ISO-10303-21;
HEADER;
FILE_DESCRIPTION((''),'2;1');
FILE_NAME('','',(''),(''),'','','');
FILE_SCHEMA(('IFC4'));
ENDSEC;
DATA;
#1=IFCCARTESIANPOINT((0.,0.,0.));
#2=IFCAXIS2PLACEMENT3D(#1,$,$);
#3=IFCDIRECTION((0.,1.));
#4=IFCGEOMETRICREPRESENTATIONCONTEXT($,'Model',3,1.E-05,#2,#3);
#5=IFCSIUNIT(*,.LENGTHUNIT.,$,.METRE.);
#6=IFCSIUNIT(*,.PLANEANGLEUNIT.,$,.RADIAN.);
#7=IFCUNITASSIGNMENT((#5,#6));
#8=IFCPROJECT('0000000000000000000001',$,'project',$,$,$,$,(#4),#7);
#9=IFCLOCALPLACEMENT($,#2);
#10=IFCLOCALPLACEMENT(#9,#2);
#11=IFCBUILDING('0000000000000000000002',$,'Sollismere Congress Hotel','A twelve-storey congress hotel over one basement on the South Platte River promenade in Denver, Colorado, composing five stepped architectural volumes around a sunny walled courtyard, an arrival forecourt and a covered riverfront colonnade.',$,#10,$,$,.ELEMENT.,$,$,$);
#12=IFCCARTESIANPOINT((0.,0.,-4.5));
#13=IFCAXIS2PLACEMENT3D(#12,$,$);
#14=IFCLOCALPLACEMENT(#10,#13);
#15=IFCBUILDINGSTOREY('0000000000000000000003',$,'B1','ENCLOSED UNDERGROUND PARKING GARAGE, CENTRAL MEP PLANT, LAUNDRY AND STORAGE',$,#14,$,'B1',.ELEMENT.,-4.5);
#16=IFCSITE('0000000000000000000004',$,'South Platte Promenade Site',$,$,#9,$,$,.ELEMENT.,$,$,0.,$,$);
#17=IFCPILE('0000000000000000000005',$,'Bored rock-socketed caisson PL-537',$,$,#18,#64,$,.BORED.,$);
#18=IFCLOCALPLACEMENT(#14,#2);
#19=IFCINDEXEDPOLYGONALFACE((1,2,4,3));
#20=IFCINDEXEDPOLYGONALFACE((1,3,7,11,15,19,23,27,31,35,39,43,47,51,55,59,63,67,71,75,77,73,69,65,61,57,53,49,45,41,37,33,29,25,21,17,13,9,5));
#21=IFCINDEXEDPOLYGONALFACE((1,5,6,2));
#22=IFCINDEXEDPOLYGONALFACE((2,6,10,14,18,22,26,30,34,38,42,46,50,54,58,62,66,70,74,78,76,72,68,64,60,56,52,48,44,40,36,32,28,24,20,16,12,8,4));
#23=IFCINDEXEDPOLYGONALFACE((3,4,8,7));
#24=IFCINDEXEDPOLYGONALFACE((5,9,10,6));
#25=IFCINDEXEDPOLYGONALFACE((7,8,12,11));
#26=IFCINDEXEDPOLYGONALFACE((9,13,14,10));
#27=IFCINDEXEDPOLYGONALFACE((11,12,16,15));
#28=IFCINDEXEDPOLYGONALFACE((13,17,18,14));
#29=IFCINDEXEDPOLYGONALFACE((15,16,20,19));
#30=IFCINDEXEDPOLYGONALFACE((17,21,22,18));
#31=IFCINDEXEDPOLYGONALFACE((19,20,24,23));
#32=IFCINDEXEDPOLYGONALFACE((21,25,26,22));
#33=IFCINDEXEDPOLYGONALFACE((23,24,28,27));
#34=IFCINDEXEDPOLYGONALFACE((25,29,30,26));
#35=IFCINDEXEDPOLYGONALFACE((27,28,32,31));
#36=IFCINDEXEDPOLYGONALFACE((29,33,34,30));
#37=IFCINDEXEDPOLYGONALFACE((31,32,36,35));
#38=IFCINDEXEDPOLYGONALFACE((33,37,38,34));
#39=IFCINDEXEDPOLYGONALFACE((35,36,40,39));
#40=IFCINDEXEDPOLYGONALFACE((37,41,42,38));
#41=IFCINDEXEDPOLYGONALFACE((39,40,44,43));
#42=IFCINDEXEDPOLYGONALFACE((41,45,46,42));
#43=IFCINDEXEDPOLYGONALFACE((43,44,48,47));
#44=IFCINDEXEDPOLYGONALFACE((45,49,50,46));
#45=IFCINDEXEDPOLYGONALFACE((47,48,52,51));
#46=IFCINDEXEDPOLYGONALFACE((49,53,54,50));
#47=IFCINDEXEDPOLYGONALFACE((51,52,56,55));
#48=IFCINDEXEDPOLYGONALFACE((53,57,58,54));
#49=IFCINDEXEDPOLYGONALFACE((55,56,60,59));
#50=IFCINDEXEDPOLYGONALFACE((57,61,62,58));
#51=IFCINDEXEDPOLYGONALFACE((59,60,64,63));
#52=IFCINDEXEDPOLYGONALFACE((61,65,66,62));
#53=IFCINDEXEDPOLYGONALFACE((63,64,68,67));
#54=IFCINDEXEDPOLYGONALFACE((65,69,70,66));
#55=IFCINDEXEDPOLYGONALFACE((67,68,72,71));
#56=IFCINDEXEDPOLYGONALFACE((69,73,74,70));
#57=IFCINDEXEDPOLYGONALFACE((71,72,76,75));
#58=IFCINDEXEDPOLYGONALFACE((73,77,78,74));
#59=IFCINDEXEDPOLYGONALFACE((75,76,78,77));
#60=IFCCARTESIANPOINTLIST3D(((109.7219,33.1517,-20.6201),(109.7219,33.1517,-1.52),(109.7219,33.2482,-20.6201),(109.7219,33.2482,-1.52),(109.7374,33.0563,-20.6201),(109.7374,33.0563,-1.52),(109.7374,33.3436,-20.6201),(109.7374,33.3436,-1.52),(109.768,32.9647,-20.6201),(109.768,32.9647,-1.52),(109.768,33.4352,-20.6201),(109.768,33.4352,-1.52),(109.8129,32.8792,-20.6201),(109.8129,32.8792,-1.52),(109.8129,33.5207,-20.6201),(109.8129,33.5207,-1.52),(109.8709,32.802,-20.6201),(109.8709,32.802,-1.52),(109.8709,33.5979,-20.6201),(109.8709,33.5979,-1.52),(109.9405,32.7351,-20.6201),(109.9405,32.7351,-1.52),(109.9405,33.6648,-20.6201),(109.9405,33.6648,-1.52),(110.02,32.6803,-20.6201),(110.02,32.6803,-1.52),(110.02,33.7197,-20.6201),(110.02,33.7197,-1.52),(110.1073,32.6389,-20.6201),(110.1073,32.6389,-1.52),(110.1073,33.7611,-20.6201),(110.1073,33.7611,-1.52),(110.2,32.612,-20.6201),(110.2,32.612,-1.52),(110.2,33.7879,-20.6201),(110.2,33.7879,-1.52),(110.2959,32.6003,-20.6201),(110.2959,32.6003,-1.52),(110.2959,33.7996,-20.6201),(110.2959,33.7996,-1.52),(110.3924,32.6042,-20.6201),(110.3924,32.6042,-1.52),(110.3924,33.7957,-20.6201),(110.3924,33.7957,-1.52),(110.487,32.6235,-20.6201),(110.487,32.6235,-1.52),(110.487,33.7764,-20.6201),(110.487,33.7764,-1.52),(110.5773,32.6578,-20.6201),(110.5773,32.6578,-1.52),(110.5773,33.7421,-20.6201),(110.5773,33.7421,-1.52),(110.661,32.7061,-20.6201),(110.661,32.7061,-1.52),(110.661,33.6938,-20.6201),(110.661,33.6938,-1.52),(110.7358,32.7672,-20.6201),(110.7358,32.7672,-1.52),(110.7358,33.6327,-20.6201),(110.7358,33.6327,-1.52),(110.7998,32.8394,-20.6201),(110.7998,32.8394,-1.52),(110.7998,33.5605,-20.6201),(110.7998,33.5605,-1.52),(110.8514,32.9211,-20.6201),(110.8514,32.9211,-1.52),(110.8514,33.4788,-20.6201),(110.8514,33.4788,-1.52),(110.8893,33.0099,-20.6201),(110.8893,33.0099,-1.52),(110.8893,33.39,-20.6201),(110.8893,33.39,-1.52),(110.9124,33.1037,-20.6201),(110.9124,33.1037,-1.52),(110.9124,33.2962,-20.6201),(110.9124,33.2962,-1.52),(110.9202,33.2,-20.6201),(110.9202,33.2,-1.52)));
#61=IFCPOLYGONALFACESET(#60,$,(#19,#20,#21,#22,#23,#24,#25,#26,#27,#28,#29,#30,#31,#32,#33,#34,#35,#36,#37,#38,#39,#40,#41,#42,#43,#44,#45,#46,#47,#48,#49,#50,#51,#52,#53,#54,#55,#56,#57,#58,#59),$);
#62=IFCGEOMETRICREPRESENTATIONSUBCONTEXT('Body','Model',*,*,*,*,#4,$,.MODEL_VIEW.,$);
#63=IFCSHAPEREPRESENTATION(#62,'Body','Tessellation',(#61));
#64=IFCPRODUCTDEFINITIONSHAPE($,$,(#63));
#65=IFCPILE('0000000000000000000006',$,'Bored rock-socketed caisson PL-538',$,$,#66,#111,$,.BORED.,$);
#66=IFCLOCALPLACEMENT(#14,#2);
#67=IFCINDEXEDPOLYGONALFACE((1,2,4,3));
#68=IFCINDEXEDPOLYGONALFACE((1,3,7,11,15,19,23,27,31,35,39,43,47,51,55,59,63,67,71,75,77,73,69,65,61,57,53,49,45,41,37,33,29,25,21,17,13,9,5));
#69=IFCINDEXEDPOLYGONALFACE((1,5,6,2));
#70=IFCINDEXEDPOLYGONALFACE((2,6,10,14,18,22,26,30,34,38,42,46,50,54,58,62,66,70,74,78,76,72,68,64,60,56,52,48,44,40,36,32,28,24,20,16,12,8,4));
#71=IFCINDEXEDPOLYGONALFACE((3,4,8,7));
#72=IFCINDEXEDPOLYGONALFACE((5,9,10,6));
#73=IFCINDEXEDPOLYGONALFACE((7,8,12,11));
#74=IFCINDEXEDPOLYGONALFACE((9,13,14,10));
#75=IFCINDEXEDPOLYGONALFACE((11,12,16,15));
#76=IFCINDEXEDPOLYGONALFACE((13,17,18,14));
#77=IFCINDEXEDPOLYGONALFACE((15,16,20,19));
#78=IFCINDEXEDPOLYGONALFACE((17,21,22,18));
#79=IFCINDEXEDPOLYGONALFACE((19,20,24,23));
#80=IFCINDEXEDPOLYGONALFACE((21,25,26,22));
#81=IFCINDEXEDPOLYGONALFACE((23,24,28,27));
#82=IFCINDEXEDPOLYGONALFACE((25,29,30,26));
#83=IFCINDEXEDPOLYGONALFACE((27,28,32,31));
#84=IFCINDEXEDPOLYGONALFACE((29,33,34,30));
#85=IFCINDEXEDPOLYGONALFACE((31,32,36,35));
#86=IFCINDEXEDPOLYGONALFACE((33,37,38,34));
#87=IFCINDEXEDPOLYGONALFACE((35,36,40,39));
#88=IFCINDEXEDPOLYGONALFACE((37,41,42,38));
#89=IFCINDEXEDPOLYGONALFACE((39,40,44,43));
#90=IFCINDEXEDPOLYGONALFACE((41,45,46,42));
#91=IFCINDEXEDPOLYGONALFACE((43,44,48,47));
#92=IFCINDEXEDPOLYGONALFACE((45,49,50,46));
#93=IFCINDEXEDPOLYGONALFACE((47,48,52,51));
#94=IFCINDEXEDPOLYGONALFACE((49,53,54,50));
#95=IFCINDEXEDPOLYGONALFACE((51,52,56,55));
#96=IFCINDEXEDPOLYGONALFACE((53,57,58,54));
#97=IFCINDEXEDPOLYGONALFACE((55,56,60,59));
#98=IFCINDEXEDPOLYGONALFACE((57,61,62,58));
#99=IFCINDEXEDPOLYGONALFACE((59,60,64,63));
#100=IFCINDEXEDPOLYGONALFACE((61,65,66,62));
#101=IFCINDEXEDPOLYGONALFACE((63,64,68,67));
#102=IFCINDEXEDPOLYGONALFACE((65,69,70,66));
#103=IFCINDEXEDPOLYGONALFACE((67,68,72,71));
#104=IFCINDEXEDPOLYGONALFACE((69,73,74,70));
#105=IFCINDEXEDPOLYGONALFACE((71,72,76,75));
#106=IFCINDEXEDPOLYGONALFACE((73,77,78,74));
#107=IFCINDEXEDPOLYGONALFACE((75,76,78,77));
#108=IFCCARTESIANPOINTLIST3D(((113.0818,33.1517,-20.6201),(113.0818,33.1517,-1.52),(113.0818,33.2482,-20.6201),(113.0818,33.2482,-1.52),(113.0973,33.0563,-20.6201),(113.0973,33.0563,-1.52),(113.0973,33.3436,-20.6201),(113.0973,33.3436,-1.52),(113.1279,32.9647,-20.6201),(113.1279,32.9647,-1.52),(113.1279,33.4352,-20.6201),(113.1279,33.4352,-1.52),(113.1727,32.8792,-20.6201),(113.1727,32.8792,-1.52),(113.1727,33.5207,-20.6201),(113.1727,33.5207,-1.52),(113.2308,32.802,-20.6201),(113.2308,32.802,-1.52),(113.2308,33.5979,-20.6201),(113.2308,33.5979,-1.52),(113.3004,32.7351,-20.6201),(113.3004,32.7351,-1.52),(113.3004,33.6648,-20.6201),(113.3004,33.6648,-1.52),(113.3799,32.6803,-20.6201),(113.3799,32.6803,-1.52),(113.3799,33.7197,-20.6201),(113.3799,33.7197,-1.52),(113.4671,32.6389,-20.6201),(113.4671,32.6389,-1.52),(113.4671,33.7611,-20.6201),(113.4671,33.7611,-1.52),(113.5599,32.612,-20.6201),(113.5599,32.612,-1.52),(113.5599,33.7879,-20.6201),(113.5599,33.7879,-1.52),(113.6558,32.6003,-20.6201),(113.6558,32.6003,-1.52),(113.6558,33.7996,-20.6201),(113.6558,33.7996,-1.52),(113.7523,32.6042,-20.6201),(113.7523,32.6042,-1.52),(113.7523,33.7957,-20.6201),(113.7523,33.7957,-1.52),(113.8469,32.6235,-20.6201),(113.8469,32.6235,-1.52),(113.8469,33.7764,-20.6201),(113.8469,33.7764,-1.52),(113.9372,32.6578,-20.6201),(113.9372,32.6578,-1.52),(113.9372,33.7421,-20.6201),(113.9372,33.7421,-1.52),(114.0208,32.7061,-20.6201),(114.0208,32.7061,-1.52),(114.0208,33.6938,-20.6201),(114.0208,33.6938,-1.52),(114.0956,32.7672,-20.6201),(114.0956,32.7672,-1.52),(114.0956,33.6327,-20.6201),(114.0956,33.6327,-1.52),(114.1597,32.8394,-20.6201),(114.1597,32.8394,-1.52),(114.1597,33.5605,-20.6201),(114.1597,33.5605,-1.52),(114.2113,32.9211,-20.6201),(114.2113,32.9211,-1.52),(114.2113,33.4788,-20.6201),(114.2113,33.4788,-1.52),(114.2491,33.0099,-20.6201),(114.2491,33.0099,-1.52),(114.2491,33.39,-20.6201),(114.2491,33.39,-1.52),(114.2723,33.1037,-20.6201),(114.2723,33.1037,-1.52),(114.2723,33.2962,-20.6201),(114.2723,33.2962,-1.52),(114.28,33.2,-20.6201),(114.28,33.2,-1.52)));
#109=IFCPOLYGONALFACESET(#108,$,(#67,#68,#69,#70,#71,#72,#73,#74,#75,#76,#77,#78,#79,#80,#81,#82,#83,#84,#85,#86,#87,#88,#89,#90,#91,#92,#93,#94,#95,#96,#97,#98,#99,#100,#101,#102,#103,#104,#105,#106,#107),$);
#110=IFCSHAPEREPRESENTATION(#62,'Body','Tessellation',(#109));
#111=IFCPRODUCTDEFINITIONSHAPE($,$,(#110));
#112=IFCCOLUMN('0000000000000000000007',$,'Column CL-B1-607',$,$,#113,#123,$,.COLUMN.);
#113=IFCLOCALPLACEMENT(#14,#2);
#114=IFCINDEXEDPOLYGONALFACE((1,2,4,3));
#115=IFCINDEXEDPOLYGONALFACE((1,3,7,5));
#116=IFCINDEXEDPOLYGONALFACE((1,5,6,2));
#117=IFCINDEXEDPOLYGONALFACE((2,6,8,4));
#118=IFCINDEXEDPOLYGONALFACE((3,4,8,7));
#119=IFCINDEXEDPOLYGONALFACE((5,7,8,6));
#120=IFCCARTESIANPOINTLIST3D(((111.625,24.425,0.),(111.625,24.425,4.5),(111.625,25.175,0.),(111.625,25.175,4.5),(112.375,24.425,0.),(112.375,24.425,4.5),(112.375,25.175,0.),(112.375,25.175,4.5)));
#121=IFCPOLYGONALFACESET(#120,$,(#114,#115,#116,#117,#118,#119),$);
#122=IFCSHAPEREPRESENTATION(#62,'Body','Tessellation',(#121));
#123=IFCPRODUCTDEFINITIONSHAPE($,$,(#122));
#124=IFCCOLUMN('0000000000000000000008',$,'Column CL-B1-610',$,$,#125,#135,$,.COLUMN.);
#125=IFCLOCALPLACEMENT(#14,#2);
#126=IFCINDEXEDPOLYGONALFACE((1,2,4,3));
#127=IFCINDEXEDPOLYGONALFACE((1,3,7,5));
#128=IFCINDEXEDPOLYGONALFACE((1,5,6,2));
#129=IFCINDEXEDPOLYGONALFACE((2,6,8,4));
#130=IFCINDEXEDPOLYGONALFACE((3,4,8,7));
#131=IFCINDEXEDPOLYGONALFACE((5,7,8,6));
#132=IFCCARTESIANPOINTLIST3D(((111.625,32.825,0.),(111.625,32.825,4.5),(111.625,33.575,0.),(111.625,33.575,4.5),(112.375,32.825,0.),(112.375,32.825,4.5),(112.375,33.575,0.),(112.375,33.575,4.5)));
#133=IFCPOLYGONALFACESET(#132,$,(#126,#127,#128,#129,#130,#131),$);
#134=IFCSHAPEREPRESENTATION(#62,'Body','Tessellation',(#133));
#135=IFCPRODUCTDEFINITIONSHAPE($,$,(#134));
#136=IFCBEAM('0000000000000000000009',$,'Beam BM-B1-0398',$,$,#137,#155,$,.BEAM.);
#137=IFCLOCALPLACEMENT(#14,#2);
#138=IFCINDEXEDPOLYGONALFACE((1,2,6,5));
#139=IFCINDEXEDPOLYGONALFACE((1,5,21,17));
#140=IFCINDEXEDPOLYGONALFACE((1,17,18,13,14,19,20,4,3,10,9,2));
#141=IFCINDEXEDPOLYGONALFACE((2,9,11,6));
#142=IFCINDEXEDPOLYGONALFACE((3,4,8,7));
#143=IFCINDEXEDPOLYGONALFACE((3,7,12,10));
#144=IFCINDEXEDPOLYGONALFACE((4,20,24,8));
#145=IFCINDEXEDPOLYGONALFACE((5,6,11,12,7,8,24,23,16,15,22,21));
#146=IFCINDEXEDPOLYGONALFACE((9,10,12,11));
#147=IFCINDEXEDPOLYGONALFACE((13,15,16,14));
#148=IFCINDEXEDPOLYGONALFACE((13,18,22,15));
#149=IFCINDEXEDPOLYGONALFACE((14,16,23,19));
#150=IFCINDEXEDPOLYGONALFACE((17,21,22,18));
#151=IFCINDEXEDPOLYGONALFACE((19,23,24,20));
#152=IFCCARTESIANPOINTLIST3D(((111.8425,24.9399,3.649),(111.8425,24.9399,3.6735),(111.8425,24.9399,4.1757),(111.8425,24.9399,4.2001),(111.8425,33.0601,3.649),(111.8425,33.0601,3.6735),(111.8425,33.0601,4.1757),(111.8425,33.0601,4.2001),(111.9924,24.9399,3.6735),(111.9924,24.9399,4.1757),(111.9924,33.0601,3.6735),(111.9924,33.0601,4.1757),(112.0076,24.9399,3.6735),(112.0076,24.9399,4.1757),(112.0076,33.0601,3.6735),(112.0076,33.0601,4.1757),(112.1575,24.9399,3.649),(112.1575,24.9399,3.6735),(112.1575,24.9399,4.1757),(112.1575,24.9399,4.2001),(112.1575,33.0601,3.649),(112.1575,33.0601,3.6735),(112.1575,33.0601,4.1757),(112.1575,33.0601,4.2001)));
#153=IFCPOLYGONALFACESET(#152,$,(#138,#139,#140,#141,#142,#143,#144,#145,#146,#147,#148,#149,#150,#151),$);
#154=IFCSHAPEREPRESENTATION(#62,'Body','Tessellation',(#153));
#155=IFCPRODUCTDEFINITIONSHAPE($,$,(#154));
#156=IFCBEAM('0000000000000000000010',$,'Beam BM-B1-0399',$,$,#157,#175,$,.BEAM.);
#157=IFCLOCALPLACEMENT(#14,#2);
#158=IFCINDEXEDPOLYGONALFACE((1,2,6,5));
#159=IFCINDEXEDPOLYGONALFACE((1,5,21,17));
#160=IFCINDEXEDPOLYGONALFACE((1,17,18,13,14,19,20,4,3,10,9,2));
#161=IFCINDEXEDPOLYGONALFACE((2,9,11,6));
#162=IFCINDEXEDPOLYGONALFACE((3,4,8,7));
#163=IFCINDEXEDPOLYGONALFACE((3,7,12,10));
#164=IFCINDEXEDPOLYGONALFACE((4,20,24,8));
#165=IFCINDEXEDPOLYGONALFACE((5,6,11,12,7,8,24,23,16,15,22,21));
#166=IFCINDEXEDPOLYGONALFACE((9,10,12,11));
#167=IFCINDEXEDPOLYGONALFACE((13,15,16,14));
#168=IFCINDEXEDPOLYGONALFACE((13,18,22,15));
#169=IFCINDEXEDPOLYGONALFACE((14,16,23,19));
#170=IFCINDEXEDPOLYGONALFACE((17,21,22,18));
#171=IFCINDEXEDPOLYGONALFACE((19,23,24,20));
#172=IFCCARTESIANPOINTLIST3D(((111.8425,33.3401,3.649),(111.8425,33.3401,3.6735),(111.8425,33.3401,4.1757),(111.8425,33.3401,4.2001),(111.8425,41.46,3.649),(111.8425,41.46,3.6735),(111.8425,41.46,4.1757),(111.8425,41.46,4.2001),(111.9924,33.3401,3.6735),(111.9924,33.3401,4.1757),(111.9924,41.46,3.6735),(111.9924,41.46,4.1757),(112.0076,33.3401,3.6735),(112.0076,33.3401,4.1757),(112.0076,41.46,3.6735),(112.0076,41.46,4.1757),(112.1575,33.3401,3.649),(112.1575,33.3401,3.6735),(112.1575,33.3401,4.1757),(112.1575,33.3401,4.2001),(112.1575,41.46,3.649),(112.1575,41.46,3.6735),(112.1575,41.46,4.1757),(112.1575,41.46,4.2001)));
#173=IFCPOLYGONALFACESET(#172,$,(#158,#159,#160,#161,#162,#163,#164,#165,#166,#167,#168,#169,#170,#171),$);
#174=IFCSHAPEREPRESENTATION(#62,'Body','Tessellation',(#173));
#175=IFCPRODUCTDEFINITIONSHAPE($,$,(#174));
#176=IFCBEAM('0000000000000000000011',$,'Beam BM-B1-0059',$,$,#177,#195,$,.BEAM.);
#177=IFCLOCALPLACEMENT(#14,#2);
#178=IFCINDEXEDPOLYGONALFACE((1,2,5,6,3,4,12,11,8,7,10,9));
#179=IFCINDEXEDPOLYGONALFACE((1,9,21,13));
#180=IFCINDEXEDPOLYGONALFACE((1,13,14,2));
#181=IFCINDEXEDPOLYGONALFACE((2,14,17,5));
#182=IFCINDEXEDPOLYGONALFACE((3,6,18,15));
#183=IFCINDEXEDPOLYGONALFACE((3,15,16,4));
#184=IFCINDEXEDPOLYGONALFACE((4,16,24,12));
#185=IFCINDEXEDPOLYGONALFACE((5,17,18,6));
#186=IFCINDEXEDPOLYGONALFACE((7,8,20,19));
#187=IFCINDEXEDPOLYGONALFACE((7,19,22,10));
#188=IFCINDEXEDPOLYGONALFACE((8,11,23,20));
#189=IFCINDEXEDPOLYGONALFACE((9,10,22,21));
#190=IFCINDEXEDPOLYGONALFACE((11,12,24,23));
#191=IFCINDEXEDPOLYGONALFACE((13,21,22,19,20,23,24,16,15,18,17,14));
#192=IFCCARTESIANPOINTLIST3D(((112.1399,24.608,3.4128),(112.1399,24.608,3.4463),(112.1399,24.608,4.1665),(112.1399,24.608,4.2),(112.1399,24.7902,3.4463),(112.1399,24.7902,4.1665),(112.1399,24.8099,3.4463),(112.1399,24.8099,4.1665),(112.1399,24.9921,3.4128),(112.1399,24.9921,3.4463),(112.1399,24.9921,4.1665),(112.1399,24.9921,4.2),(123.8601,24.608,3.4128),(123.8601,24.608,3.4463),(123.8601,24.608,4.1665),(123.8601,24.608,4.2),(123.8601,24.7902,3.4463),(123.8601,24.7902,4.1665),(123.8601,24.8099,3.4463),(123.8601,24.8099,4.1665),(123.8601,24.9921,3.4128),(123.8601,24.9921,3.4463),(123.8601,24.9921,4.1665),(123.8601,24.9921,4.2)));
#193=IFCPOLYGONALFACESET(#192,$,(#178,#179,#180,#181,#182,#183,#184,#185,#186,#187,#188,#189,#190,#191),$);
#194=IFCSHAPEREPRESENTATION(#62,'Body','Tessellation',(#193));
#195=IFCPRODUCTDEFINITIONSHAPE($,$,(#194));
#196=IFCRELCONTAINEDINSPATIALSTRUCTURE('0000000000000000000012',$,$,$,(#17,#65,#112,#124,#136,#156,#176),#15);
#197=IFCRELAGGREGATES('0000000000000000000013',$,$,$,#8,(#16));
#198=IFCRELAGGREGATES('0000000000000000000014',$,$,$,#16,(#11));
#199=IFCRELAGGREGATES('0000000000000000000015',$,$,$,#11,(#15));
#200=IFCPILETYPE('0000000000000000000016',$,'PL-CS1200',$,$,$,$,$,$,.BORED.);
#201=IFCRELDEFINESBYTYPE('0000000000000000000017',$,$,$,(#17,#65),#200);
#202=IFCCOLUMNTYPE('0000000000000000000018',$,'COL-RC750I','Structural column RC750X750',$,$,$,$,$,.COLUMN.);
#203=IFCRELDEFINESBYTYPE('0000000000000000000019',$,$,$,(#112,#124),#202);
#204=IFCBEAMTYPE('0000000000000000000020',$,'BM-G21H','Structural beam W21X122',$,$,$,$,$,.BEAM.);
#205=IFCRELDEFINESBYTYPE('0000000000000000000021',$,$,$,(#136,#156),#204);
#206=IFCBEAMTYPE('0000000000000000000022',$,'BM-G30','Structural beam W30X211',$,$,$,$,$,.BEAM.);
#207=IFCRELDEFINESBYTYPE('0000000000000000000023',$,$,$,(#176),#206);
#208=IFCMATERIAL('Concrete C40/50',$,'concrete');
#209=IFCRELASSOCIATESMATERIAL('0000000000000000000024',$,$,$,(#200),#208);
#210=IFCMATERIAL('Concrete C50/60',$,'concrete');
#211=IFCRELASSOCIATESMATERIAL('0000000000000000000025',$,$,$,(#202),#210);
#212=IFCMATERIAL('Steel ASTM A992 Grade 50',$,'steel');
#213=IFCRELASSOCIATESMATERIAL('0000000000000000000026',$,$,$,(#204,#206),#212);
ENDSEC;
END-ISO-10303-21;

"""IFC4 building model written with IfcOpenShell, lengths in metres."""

from ifc_helpers import new_model, si_unit, direction, frame, origin, origin_2d, place, context, subcontext, project, spatial, rectangle, circle, i_section, extrude, material, material_profile, profile_set, type_object, element, save


model = new_model("IFC4")

# Units and contexts
model_context = context("Model", 3, precision=1e-05, world=origin(), true_north=direction((0.0, 1.0)))
body_context = subcontext(model_context, "Body", "Model", "MODEL_VIEW")
ifc_project = project(units=[si_unit("LENGTHUNIT", "METRE"), si_unit("PLANEANGLEUNIT", "RADIAN")], contexts=[model_context])

# Site, building, storey
site_placement = place(None, origin())
site = spatial("IfcSite", under=ifc_project, at=site_placement, Name="South Platte Promenade Site", CompositionType="ELEMENT", RefElevation=0.0)
building_placement = place(site_placement, origin())
building = spatial("IfcBuilding", under=site, at=building_placement, Name="Sollismere Congress Hotel", Description="A twelve-storey congress hotel over one basement on the South Platte River promenade in Denver, Colorado, composing five stepped architectural volumes around a sunny walled courtyard, an arrival forecourt and a covered riverfront colonnade.", CompositionType="ELEMENT")
storey_placement = place(building_placement, frame((0.0, 0.0, -4.5)))
storey = spatial("IfcBuildingStorey", under=building, at=storey_placement, Name="B1", Description="ENCLOSED UNDERGROUND PARKING GARAGE, CENTRAL MEP PLANT, LAUNDRY AND STORAGE", LongName="B1", CompositionType="ELEMENT", Elevation=-4.5)

# Shared definitions
ifc_material_1 = material(Name="Concrete C40/50", Category="concrete")

# Piles
ifc_material_profile_1 = material_profile(ifc_material_1, circle(Radius=0.6001, at=origin_2d()), Name="CAISSON1200")
ifc_profile_set_1 = profile_set([ifc_material_profile_1], Name="Concrete C40/50")
pile_type = type_object("IfcPileType", Name="PL-CS1200", PredefinedType="BORED", material=ifc_profile_set_1)
for number, where, z_axis, x_axis, name in (
    (1, (110.3201, 33.2, -1.52), (0.0, 0.0, -1.0), (1.0, 0.0, 0.0), "Bored rock-socketed caisson PL-537"),
    (2, (113.6799, 33.2, -1.52), (0.0, 0.0, -1.0), (1.0, 0.0, 0.0), "Bored rock-socketed caisson PL-538"),
):
    element("IfcPile", number, at=place(storey_placement, frame(where, z_axis=z_axis, x_axis=x_axis)), inside=storey, type_object=pile_type, Name=name, PredefinedType="BORED", context=body_context, shape_type="SweptSolid", body=[
        extrude(circle(Radius=0.6001, at=origin_2d()), origin(), (0.0, 0.0, 1.0), 19.1001),
    ])

# Columns
ifc_material_2 = material(Name="Concrete C50/60", Category="concrete")
ifc_material_profile_2 = material_profile(ifc_material_2, rectangle(XDim=0.75, YDim=0.75, at=origin_2d()), Name="RC750X750")
ifc_profile_set_2 = profile_set([ifc_material_profile_2], Name="Concrete C50/60")
column_type = type_object("IfcColumnType", Name="COL-RC750I", Description="Structural column RC750X750", PredefinedType="COLUMN", material=ifc_profile_set_2)
for number, where, z_axis, x_axis, name in (
    (3, (112.0, 24.8, 0.0), (0.0, 0.0, 1.0), (0.0, 1.0, 0.0), "Column CL-B1-607"),
    (4, (112.0, 33.2, 0.0), (0.0, 0.0, 1.0), (1.0, 0.0, 0.0), "Column CL-B1-610"),
):
    element("IfcColumn", number, at=place(storey_placement, frame(where, z_axis=z_axis, x_axis=x_axis)), inside=storey, type_object=column_type, Name=name, PredefinedType="COLUMN", context=body_context, shape_type="SweptSolid", body=[
        extrude(rectangle(XDim=0.75, YDim=0.75, at=origin_2d()), origin(), (0.0, 0.0, 1.0), 4.5),
    ])

# Beams
ifc_material_3 = material(Name="Steel ASTM A992 Grade 50", Category="steel")
ifc_material_profile_3 = material_profile(ifc_material_3, i_section(OverallWidth=0.3149, OverallDepth=0.551, WebThickness=0.0151, FlangeThickness=0.0244, at=origin_2d()), Name="W21X122")
ifc_profile_set_3 = profile_set([ifc_material_profile_3], Name="Steel ASTM A992 Grade 50")
beam_type_1 = type_object("IfcBeamType", Name="BM-G21H", Description="Structural beam W21X122", PredefinedType="BEAM", material=ifc_profile_set_3)
beam_1_placement = place(storey_placement, frame((112.0, 24.9399, 3.9246), z_axis=(0.0, 1.0, 0.0), x_axis=(-1.0, 0.0, 0.0)))
element("IfcBeam", 5, at=beam_1_placement, inside=storey, type_object=beam_type_1, Name="Beam BM-B1-0398", PredefinedType="BEAM", context=body_context, shape_type="SweptSolid", body=[
    extrude(i_section(OverallWidth=0.3149, OverallDepth=0.551, WebThickness=0.0151, FlangeThickness=0.0244, at=origin_2d()), origin(), (0.0, 0.0, 1.0), 8.1201),
])
beam_2_placement = place(storey_placement, frame((112.0, 33.3401, 3.9246), z_axis=(0.0, 1.0, 0.0), x_axis=(-1.0, 0.0, 0.0)))
element("IfcBeam", 6, at=beam_2_placement, inside=storey, type_object=beam_type_1, Name="Beam BM-B1-0399", PredefinedType="BEAM", context=body_context, shape_type="SweptSolid", body=[
    extrude(i_section(OverallWidth=0.3149, OverallDepth=0.551, WebThickness=0.0151, FlangeThickness=0.0244, at=origin_2d()), origin(), (0.0, 0.0, 1.0), 8.1199),
])
ifc_material_profile_4 = material_profile(ifc_material_3, i_section(OverallWidth=0.384, OverallDepth=0.7871, WebThickness=0.0198, FlangeThickness=0.0334, at=origin_2d()), Name="W30X211")
ifc_profile_set_4 = profile_set([ifc_material_profile_4], Name="Steel ASTM A992 Grade 50")
beam_type_2 = type_object("IfcBeamType", Name="BM-G30", Description="Structural beam W30X211", PredefinedType="BEAM", material=ifc_profile_set_4)
for number, where, z_axis, x_axis, name in (
    (7, (112.1399, 24.8, 3.8064), (1.0, 0.0, 0.0), (0.0, 1.0, 0.0), "Beam BM-B1-0059"),
):
    element("IfcBeam", number, at=place(storey_placement, frame(where, z_axis=z_axis, x_axis=x_axis)), inside=storey, type_object=beam_type_2, Name=name, PredefinedType="BEAM", context=body_context, shape_type="SweptSolid", body=[
        extrude(i_section(OverallWidth=0.384, OverallDepth=0.7871, WebThickness=0.0198, FlangeThickness=0.0334, at=origin_2d()), origin(), (0.0, 0.0, 1.0), 11.7202),
    ])

save(model, "model.ifc")
